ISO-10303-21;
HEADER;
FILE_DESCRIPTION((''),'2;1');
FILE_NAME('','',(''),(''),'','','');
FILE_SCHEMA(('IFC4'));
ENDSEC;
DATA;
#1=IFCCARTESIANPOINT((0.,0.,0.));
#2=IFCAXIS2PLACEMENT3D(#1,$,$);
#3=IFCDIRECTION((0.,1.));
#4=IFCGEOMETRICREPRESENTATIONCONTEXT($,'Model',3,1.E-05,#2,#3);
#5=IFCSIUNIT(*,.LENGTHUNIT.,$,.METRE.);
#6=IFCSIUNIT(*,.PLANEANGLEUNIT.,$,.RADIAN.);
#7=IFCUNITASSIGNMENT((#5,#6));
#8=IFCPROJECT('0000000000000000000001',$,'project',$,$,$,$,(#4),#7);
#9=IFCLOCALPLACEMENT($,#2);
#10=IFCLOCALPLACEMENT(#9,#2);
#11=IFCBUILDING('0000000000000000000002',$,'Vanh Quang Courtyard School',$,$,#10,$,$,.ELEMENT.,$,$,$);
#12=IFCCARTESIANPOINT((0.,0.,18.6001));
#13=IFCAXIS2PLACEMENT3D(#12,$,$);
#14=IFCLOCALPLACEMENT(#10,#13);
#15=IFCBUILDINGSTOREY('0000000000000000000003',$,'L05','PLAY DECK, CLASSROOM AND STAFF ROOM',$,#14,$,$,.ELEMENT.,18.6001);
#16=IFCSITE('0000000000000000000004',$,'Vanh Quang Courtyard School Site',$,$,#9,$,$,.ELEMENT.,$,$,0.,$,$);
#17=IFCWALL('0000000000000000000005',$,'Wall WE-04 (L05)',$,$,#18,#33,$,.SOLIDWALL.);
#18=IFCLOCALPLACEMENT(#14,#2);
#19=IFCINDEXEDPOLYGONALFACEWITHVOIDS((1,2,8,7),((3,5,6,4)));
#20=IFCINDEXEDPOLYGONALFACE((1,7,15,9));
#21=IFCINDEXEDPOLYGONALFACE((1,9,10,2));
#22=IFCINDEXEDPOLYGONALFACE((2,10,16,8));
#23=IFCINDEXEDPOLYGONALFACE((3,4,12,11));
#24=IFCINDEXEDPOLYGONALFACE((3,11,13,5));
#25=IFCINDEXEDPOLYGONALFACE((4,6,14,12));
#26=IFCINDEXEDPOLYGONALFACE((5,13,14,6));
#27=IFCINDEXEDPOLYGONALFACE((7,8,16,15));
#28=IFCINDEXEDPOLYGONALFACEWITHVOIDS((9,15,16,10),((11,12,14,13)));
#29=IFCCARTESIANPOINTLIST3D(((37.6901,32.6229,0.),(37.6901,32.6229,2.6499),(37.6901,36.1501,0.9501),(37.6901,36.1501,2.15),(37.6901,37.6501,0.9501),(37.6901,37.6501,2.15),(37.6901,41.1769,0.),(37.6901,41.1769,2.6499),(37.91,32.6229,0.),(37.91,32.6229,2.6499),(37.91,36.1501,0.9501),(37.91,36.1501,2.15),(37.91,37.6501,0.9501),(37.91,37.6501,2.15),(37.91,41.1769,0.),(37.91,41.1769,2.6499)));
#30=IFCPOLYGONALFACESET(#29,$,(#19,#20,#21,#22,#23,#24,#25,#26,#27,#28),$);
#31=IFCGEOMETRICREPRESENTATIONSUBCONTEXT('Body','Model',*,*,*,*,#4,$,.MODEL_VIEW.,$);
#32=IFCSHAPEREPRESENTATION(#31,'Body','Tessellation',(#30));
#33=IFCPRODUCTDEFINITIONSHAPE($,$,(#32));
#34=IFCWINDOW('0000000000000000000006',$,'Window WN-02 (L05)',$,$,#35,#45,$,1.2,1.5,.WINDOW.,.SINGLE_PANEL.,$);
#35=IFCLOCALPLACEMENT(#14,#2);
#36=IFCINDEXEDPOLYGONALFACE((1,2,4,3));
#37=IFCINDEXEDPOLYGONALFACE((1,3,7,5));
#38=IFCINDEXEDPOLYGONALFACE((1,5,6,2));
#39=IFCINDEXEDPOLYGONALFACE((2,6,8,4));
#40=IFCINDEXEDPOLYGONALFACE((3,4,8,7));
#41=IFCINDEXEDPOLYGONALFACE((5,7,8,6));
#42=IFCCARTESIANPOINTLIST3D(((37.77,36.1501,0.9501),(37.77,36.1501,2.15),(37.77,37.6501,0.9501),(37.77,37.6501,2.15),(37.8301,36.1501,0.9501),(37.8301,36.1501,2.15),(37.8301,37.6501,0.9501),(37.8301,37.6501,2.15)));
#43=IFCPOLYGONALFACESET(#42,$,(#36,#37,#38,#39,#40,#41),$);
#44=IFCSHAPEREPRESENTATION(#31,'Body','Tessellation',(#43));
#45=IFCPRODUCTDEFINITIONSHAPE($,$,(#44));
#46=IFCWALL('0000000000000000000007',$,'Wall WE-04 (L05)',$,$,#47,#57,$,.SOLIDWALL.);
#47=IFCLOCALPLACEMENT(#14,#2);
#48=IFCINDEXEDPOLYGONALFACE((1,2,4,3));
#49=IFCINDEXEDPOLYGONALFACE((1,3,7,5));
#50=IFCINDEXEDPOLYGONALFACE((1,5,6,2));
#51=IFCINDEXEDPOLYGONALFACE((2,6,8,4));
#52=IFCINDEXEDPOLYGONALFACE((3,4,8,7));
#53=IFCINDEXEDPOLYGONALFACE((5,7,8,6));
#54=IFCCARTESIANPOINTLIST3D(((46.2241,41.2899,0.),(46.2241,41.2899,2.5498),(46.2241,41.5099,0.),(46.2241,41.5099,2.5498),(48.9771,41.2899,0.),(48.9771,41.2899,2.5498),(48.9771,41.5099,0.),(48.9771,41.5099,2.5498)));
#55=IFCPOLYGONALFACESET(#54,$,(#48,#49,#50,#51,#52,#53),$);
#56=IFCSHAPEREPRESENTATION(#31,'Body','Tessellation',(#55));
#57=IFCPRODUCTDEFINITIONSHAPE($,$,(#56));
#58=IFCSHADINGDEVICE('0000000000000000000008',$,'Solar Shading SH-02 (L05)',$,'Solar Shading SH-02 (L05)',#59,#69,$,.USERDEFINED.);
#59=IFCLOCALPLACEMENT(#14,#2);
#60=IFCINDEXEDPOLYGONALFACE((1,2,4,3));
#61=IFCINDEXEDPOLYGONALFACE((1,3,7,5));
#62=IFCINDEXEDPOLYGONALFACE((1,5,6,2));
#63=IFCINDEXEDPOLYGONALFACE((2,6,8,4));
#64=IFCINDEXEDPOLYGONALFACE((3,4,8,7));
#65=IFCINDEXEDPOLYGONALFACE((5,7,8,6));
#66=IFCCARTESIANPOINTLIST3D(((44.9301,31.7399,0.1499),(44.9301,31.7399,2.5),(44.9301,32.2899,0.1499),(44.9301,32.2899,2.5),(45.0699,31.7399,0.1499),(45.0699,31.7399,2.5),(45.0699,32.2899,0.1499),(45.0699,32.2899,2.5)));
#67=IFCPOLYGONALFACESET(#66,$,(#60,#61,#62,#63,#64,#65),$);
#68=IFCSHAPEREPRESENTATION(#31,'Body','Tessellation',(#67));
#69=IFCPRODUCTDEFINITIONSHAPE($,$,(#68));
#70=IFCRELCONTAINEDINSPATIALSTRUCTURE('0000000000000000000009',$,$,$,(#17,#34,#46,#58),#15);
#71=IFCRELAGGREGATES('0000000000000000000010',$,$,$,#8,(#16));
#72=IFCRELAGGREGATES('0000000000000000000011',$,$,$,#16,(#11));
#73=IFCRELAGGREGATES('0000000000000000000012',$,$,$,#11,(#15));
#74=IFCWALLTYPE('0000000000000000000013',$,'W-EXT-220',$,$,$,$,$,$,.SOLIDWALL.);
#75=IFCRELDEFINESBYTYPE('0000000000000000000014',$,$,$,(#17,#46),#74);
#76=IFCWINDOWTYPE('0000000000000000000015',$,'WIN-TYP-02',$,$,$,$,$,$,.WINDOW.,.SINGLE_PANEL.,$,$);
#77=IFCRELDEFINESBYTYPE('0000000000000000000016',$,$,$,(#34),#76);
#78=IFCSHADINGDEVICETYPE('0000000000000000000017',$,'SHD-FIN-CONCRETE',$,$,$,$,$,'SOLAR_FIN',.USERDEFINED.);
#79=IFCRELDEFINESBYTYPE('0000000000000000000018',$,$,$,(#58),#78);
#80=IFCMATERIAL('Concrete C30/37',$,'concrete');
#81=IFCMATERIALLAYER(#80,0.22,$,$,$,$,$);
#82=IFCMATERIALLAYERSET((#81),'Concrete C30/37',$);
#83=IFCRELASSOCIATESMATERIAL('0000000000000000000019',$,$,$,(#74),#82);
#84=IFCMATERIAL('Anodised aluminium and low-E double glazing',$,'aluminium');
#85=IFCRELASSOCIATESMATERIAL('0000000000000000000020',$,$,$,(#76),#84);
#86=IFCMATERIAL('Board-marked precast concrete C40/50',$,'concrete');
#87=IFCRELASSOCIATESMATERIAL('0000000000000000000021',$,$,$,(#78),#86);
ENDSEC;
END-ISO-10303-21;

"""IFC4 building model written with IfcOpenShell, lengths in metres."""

from ifc_helpers import new_model, si_unit, direction, frame, frame_2d, origin, origin_2d, place, context, subcontext, project, spatial, rectangle, extrude, material, layer, layer_set, type_object, element, fill, save


model = new_model("IFC4")

# Units and contexts
model_context = context("Model", 3, precision=1e-05, world=origin(), true_north=direction((0.0, 1.0)))
body_context = subcontext(model_context, "Body", "Model", "MODEL_VIEW")
ifc_project = project(units=[si_unit("LENGTHUNIT", "METRE"), si_unit("PLANEANGLEUNIT", "RADIAN")], contexts=[model_context])

# Site, building, storey
site_placement = place(None, origin())
site = spatial("IfcSite", under=ifc_project, at=site_placement, Name="Vanh Quang Courtyard School Site", CompositionType="ELEMENT", RefElevation=0.0)
building_placement = place(site_placement, origin())
building = spatial("IfcBuilding", under=site, at=building_placement, Name="Vanh Quang Courtyard School", CompositionType="ELEMENT")
storey_placement = place(building_placement, frame((0.0, 0.0, 18.6001)))
storey = spatial("IfcBuildingStorey", under=building, at=storey_placement, Name="L05", Description="PLAY DECK, CLASSROOM AND STAFF ROOM", CompositionType="ELEMENT", Elevation=18.6001)

# Shared definitions
ifc_material_1 = material(Name="Concrete C30/37", Category="concrete")

# Wall, opening, window
ifc_layer_1 = layer(ifc_material_1, 0.22)
ifc_layer_set_1 = layer_set([ifc_layer_1], Name="Concrete C30/37")
wall_type_1 = type_object("IfcWallType", Name="W-EXT-220", PredefinedType="SOLIDWALL", material=ifc_layer_set_1)
ifc_material_2 = material(Name="Anodised aluminium and low-E double glazing", Category="aluminium")
wall_1_placement = place(storey_placement, frame((37.8, 32.623, 0.0), z_axis=(0.0, 0.0, 1.0), x_axis=(0.0, 1.0, 0.0)))
wall_1 = element("IfcWall", 1, at=wall_1_placement, inside=storey, type_object=wall_type_1, Name="Wall WE-04 (L05)", PredefinedType="SOLIDWALL", context=body_context, shape_type="SweptSolid", body=[
    extrude(rectangle(XDim=8.554, YDim=0.22, at=frame_2d((4.2769, 0.0))), origin(), (0.0, 0.0, 1.0), 2.6499),
])
opening_1_placement = place(wall_1_placement, frame((3.5271, 0.0, 0.95)))
opening_1 = element("IfcOpeningElement", 2, at=opening_1_placement, cuts=wall_1, PredefinedType="OPENING", context=body_context, shape_type="SweptSolid", body=[
    extrude(rectangle(XDim=1.5, YDim=1.2, at=frame_2d((0.75, 0.6001))), frame((0.0, 0.1201, 0.0), z_axis=(0.0, -1.0, 0.0), x_axis=(1.0, 0.0, 0.0)), (0.0, 0.0, 1.0), 0.24),
])
window_type_1 = type_object("IfcWindowType", Name="WIN-TYP-02", PartitioningType="SINGLE_PANEL", PredefinedType="WINDOW", material=ifc_material_2)
window_1_placement = place(opening_1_placement, origin())
window_1 = element("IfcWindow", 3, at=window_1_placement, inside=storey, type_object=window_type_1, Name="Window WN-02 (L05)", OverallHeight=1.2, OverallWidth=1.5, PartitioningType="SINGLE_PANEL", PredefinedType="WINDOW", context=body_context, shape_type="SweptSolid", body=[
    extrude(rectangle(XDim=1.5, YDim=1.2, at=frame_2d((0.75, 0.6001))), frame((0.0, 0.03, 0.0), z_axis=(0.0, -1.0, 0.0), x_axis=(1.0, 0.0, 0.0)), (0.0, 0.0, 1.0), 0.0601),
])
fill(opening_1, window_1)

# Wall
wall_2_placement = place(storey_placement, frame((46.2241, 41.3999, 0.0), z_axis=(0.0, 0.0, 1.0), x_axis=(1.0, 0.0, 0.0)))
element("IfcWall", 4, at=wall_2_placement, inside=storey, type_object=wall_type_1, Name="Wall WE-04 (L05)", PredefinedType="SOLIDWALL", context=body_context, shape_type="SweptSolid", body=[
    extrude(rectangle(XDim=2.7529, YDim=0.22, at=frame_2d((1.3765, 0.0))), origin(), (0.0, 0.0, 1.0), 2.5498),
])

# Shading device
ifc_material_3 = material(Name="Board-marked precast concrete C40/50", Category="concrete")
shading_device_type = type_object("IfcShadingDeviceType", Name="SHD-FIN-CONCRETE", ElementType="SOLAR_FIN", PredefinedType="USERDEFINED", material=ifc_material_3)
shading_device_placement = place(storey_placement, frame((45.0, 32.0149, 0.1499), z_axis=(0.0, 0.0, 1.0), x_axis=(-1.0, 0.0, 0.0)))
element("IfcShadingDevice", 5, at=shading_device_placement, inside=storey, type_object=shading_device_type, Name="Solar Shading SH-02 (L05)", ObjectType="Solar Shading SH-02 (L05)", PredefinedType="USERDEFINED", context=body_context, shape_type="SweptSolid", body=[
    extrude(rectangle(XDim=0.1399, YDim=0.55, at=origin_2d()), origin(), (0.0, 0.0, 1.0), 2.3501),
])

save(model, "model.ifc")
